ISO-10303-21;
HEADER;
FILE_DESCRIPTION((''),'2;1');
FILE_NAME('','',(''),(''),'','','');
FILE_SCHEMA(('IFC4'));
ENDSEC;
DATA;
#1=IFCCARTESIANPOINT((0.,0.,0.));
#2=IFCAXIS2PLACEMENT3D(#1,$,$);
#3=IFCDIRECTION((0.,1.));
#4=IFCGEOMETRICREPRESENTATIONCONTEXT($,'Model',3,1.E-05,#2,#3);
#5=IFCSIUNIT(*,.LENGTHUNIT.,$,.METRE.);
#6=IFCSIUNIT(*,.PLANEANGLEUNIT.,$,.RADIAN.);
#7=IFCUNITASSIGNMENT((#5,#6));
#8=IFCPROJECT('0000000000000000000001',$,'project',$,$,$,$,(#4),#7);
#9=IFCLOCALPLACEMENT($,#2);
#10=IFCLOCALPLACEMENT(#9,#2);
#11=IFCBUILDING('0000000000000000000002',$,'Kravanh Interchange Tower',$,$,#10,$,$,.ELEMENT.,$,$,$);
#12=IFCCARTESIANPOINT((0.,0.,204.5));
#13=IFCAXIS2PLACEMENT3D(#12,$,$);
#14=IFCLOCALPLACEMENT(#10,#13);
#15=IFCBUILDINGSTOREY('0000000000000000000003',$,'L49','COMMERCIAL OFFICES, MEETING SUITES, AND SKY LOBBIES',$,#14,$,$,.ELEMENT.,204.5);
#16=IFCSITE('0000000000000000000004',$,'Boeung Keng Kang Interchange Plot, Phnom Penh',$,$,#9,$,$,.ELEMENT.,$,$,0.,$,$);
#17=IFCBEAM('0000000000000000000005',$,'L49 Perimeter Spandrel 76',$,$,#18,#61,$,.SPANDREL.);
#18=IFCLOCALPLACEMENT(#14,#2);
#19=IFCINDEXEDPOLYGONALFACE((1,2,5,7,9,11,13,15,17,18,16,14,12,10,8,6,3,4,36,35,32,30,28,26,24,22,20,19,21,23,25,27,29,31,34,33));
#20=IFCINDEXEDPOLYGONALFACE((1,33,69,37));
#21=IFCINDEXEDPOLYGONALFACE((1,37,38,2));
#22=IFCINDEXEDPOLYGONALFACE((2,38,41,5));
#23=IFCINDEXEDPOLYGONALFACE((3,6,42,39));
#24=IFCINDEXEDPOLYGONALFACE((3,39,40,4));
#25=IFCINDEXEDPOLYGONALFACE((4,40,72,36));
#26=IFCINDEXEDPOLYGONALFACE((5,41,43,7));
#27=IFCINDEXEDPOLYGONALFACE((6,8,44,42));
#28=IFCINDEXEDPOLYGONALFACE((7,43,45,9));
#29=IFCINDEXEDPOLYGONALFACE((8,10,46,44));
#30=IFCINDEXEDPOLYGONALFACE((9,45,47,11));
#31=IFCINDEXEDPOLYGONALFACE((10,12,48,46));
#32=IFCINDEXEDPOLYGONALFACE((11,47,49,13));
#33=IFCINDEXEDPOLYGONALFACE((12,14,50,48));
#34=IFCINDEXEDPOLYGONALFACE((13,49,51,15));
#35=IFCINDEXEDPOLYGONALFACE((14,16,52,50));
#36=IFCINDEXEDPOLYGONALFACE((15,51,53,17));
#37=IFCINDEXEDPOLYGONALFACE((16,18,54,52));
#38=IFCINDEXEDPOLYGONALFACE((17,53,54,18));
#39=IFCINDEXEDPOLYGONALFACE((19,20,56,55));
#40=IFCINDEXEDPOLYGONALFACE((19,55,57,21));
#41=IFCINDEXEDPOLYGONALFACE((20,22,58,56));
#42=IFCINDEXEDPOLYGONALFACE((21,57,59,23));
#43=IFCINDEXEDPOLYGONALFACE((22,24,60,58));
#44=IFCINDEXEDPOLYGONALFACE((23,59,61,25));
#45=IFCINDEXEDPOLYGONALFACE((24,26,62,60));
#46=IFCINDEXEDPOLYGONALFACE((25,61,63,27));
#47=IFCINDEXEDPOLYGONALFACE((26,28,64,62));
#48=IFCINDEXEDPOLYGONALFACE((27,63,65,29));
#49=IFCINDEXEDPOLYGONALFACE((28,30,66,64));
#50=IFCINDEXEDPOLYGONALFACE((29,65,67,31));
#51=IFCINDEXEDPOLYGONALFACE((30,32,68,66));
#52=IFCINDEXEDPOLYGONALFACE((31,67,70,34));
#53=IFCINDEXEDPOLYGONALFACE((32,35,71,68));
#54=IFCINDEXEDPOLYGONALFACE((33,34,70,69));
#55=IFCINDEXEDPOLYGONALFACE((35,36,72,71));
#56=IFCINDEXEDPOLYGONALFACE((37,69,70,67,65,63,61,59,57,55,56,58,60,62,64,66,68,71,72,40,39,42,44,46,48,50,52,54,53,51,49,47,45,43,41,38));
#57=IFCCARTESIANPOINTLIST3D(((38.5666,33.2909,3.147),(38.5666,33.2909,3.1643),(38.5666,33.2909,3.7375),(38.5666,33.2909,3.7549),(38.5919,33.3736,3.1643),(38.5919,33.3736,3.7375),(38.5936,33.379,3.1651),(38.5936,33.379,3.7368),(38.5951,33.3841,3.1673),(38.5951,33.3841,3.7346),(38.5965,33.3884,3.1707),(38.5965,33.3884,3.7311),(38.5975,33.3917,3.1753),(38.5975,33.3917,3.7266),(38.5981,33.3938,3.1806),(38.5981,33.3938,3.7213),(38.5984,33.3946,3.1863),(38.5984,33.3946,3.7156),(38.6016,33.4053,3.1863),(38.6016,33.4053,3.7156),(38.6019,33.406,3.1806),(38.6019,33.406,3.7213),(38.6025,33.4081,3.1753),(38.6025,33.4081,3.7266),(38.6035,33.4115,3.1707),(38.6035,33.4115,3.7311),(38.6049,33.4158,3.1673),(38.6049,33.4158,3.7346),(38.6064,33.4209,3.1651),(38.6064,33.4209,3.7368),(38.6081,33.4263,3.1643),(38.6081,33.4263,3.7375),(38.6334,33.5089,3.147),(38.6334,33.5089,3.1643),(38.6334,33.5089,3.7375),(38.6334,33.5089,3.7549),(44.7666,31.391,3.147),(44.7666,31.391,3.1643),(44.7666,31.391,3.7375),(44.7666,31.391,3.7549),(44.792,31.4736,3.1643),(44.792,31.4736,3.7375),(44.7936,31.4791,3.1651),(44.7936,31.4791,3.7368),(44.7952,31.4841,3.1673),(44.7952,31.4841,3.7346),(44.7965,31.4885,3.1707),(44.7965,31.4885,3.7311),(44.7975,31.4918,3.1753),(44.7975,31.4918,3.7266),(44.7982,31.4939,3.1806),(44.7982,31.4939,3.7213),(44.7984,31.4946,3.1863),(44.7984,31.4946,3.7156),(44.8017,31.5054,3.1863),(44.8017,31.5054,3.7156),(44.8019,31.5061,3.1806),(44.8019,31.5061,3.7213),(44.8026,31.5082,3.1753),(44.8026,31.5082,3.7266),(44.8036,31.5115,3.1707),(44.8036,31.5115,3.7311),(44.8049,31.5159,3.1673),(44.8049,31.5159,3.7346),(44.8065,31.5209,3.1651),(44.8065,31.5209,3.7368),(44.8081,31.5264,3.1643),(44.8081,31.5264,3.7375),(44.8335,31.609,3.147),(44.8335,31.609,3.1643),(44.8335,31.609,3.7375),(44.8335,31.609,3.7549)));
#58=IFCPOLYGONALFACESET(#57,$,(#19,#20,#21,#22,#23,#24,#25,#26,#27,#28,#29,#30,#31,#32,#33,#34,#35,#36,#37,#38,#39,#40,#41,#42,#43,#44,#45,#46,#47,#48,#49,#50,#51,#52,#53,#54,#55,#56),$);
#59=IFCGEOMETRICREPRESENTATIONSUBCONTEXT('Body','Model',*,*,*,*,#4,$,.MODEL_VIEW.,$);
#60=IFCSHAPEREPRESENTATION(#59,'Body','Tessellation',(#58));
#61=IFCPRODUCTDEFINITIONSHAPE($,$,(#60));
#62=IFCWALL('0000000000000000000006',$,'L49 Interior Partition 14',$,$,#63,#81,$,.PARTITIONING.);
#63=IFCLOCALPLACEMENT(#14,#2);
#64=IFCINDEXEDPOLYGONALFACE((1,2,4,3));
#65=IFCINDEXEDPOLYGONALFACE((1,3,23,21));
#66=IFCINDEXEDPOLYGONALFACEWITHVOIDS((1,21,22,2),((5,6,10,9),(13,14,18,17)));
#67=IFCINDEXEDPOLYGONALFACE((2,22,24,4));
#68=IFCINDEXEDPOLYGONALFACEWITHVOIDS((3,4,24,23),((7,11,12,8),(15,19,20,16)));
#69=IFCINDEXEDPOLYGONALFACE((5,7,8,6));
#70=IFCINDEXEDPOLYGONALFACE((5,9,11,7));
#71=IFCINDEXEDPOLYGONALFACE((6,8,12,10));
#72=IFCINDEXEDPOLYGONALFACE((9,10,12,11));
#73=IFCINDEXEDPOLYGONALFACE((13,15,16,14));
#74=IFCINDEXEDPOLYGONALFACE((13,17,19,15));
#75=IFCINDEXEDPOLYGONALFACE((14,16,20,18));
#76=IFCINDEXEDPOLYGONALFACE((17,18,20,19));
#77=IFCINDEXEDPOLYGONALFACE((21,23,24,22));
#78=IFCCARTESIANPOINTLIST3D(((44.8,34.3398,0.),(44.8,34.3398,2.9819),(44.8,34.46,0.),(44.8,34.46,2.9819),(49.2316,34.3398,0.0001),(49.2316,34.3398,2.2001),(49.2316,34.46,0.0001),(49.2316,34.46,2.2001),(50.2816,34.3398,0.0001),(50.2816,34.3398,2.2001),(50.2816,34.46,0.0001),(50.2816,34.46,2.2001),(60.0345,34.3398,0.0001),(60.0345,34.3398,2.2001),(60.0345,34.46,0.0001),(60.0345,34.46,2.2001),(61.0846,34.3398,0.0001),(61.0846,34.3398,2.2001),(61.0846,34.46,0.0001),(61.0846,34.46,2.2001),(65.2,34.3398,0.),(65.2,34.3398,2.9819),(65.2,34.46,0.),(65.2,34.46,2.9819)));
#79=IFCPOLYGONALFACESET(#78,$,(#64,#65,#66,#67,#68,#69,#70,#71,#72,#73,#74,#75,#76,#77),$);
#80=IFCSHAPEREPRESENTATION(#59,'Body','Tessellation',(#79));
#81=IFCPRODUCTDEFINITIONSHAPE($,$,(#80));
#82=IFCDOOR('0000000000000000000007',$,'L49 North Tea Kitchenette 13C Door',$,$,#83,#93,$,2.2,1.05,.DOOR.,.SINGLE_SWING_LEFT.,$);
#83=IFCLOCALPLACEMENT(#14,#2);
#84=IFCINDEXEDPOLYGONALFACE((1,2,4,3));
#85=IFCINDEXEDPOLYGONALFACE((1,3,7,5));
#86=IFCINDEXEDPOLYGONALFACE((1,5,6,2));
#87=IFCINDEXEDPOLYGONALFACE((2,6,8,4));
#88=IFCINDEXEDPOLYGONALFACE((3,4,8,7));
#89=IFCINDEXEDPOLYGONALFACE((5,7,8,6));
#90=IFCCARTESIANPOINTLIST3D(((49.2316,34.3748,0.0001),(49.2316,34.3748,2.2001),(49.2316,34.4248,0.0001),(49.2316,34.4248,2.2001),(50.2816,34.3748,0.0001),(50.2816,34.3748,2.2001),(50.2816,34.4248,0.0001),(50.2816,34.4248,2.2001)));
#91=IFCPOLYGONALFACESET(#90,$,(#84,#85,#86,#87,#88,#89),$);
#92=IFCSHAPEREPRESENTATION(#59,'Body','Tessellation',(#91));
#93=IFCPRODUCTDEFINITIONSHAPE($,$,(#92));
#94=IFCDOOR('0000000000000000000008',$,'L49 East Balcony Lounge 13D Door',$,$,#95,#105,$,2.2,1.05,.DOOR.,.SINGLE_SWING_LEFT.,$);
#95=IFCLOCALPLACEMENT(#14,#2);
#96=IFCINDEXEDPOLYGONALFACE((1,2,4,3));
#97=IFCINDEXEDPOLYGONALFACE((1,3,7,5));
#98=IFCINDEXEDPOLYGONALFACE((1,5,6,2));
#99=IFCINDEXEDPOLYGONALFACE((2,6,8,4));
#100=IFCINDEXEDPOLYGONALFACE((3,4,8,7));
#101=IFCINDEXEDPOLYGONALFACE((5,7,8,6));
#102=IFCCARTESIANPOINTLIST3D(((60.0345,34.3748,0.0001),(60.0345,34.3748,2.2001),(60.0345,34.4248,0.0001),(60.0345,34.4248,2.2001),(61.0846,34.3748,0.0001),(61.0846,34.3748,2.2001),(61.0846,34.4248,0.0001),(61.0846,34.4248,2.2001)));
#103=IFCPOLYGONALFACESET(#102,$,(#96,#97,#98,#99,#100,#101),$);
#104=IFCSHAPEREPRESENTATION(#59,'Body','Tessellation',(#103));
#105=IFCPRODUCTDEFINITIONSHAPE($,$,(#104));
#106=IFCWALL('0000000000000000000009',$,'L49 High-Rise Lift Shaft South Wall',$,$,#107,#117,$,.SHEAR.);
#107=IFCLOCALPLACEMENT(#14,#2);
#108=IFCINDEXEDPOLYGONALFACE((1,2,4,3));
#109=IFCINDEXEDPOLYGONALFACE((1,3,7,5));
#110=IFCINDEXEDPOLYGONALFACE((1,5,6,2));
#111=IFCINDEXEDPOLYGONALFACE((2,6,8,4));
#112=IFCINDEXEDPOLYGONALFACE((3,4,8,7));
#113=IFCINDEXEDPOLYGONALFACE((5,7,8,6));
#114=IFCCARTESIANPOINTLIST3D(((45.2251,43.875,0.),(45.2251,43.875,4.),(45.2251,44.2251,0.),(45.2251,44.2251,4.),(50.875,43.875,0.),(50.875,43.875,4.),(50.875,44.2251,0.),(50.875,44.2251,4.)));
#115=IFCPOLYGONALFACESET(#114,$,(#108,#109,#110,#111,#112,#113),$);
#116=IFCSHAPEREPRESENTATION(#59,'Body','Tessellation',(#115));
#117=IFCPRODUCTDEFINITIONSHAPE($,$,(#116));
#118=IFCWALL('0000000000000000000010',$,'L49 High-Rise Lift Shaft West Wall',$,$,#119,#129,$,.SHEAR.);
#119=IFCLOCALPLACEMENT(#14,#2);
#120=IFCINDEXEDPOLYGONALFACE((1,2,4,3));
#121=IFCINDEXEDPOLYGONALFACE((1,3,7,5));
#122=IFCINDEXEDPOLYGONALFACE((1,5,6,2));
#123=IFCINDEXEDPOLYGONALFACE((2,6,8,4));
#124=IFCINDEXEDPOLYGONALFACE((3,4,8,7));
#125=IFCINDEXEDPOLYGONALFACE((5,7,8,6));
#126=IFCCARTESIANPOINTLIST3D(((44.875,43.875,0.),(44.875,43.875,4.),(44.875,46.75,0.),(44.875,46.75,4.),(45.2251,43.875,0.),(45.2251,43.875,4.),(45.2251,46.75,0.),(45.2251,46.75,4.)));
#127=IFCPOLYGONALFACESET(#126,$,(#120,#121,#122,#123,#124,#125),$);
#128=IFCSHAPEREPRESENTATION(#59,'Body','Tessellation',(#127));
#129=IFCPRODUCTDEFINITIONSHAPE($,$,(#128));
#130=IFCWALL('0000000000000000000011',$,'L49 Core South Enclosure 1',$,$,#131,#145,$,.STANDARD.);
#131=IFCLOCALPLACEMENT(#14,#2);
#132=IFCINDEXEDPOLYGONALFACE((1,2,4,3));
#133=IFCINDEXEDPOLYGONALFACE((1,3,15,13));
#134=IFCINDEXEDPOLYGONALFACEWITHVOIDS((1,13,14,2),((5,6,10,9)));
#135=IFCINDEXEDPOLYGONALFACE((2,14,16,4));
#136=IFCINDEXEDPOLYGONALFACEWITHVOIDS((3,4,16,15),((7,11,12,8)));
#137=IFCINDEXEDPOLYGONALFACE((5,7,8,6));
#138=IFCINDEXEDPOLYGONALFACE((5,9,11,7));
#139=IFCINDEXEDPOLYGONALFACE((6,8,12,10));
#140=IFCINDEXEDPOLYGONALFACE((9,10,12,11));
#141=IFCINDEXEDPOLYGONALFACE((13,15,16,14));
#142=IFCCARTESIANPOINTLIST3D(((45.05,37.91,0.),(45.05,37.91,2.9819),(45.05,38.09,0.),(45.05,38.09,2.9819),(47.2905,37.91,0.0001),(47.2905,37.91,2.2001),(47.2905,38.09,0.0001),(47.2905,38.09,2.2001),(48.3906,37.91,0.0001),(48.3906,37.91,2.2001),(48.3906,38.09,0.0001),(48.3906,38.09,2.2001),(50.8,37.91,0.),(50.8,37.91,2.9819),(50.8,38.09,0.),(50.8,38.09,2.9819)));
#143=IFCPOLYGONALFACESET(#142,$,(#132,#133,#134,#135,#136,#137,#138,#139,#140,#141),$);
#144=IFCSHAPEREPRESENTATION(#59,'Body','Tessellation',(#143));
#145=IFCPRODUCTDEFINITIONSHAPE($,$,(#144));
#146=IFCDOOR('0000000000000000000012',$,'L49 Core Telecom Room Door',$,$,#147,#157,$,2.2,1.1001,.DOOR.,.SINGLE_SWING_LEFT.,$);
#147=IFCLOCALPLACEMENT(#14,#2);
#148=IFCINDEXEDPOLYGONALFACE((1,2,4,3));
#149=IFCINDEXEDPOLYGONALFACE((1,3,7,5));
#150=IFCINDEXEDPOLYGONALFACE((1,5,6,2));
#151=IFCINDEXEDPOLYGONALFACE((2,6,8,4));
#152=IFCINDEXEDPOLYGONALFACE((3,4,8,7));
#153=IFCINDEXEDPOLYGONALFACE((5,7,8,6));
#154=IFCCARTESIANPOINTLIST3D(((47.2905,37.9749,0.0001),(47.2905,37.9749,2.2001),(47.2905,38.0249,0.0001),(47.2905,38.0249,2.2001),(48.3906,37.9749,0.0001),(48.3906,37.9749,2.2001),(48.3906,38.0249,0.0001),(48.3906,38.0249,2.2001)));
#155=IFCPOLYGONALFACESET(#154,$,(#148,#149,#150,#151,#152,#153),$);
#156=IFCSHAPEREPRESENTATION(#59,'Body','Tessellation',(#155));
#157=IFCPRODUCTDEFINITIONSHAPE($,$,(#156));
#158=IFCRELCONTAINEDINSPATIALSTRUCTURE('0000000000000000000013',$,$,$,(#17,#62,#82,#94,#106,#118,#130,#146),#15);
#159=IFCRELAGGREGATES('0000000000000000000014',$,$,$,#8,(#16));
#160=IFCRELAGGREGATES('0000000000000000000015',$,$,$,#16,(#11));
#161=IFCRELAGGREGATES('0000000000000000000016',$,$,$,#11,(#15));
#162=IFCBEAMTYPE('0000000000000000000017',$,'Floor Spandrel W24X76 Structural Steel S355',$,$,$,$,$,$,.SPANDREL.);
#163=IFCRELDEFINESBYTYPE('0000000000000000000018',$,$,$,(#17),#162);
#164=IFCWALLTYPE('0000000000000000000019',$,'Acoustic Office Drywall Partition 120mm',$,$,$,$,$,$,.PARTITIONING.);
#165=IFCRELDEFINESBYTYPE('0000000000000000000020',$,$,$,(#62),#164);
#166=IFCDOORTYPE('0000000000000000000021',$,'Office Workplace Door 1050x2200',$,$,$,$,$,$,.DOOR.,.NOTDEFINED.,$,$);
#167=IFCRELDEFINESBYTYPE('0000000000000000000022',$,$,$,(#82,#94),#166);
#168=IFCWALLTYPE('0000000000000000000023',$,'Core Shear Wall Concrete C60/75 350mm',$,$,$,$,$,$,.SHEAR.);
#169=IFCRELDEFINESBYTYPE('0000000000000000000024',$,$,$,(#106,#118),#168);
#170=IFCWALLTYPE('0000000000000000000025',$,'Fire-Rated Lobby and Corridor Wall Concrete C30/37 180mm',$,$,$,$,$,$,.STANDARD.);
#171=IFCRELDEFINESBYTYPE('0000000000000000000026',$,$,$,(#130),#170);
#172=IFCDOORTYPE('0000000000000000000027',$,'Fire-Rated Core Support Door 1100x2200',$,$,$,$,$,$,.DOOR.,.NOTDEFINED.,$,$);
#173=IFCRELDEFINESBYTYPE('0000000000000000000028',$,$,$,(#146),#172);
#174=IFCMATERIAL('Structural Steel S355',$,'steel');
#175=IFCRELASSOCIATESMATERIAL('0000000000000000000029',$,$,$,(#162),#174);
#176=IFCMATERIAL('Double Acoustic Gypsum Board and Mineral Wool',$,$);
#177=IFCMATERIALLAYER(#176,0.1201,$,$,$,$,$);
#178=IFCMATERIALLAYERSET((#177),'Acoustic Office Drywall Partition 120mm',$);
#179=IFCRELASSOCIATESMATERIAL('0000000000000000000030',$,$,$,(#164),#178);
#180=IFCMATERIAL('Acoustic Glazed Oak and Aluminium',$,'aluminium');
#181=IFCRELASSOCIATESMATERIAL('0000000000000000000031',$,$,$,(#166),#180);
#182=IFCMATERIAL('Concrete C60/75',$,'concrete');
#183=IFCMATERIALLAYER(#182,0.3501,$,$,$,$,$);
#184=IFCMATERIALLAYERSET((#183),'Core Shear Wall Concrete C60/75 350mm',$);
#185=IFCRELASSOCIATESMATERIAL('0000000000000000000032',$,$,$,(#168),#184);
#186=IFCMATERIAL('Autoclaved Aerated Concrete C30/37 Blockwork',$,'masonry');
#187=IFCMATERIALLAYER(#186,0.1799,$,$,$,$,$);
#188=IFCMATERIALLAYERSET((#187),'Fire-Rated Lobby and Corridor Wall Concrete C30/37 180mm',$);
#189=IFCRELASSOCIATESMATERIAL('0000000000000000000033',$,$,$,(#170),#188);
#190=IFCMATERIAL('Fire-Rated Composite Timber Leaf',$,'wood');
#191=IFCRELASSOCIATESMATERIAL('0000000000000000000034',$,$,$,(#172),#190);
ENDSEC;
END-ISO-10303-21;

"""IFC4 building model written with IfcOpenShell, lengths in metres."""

from ifc_helpers import new_model, si_unit, direction, frame, frame_2d, origin, origin_2d, place, context, subcontext, project, spatial, rectangle, i_section, extrude, material, layer, layer_set, material_profile, profile_set, type_object, element, fill, save


model = new_model("IFC4")

# Units and contexts
model_context = context("Model", 3, precision=1e-05, world=origin(), true_north=direction((0.0, 1.0)))
body_context = subcontext(model_context, "Body", "Model", "MODEL_VIEW")
ifc_project = project(units=[si_unit("LENGTHUNIT", "METRE"), si_unit("PLANEANGLEUNIT", "RADIAN")], contexts=[model_context])

# Site, building, storey
site_placement = place(None, origin())
site = spatial("IfcSite", under=ifc_project, at=site_placement, Name="Boeung Keng Kang Interchange Plot, Phnom Penh", CompositionType="ELEMENT", RefElevation=0.0)
building_placement = place(site_placement, origin())
building = spatial("IfcBuilding", under=site, at=building_placement, Name="Kravanh Interchange Tower", CompositionType="ELEMENT")
storey_placement = place(building_placement, frame((0.0, 0.0, 204.5)))
storey = spatial("IfcBuildingStorey", under=building, at=storey_placement, Name="L49", Description="COMMERCIAL OFFICES, MEETING SUITES, AND SKY LOBBIES", CompositionType="ELEMENT", Elevation=204.5)

# Beam
ifc_material_1 = material(Name="Structural Steel S355", Category="steel")
ifc_material_profile_1 = material_profile(ifc_material_1, i_section(OverallWidth=0.228, OverallDepth=0.6079, WebThickness=0.0112, FlangeThickness=0.0173, FilletRadius=0.022, at=origin_2d()), Name="W24X76")
ifc_profile_set_1 = profile_set([ifc_material_profile_1], Name="Structural Steel S355")
beam_type_1 = type_object("IfcBeamType", Name="Floor Spandrel W24X76 Structural Steel S355", PredefinedType="SPANDREL", material=ifc_profile_set_1)
beam_1_placement = place(storey_placement, frame((44.8, 31.5, 3.4509), z_axis=(-0.956115, 0.29299, 0.0), x_axis=(-0.29299, -0.956115, 0.0)))
element("IfcBeam", 1, at=beam_1_placement, inside=storey, type_object=beam_type_1, Name="L49 Perimeter Spandrel 76", PredefinedType="SPANDREL", context=body_context, shape_type="SweptSolid", body=[
    extrude(i_section(OverallWidth=0.228, OverallDepth=0.6079, WebThickness=0.0112, FlangeThickness=0.0173, FilletRadius=0.022, at=origin_2d()), origin(), (0.0, 0.0, 1.0), 6.4846),
])

# Wall, openings, doors
ifc_material_2 = material(Name="Double Acoustic Gypsum Board and Mineral Wool")
ifc_layer_1 = layer(ifc_material_2, 0.1201)
ifc_layer_set_1 = layer_set([ifc_layer_1], Name="Acoustic Office Drywall Partition 120mm")
wall_type_1 = type_object("IfcWallType", Name="Acoustic Office Drywall Partition 120mm", PredefinedType="PARTITIONING", material=ifc_layer_set_1)
wall_1_placement = place(storey_placement, frame((44.8, 34.3999, 0.0), z_axis=(0.0, 0.0, 1.0), x_axis=(1.0, 0.0, 0.0)))
wall_1 = element("IfcWall", 2, at=wall_1_placement, inside=storey, type_object=wall_type_1, Name="L49 Interior Partition 14", PredefinedType="PARTITIONING", context=body_context, shape_type="SweptSolid", body=[
    extrude(rectangle(XDim=20.3999, YDim=0.1201, at=frame_2d((10.2, 0.0))), origin(), (0.0, 0.0, 1.0), 2.9819),
])
opening_1_placement = place(wall_1_placement, frame((4.4316, 0.0, 0.0)))
opening_1 = element("IfcOpeningElement", 3, at=opening_1_placement, cuts=wall_1, PredefinedType="OPENING", context=body_context, shape_type="SweptSolid", body=[
    extrude(rectangle(XDim=1.05, YDim=2.2, at=frame_2d((0.5249, 1.1001))), frame((0.0, 0.0701, 0.0), z_axis=(0.0, -1.0, 0.0), x_axis=(1.0, 0.0, 0.0)), (0.0, 0.0, 1.0), 0.1401),
])
opening_2_placement = place(wall_1_placement, frame((15.2346, 0.0, 0.0)))
opening_2 = element("IfcOpeningElement", 4, at=opening_2_placement, cuts=wall_1, PredefinedType="OPENING", context=body_context, shape_type="SweptSolid", body=[
    extrude(rectangle(XDim=1.05, YDim=2.2, at=frame_2d((0.5249, 1.1001))), frame((0.0, 0.0701, 0.0), z_axis=(0.0, -1.0, 0.0), x_axis=(1.0, 0.0, 0.0)), (0.0, 0.0, 1.0), 0.1401),
])
ifc_material_3 = material(Name="Acoustic Glazed Oak and Aluminium", Category="aluminium")
door_type_1 = type_object("IfcDoorType", Name="Office Workplace Door 1050x2200", OperationType="NOTDEFINED", PredefinedType="DOOR", material=ifc_material_3)
door_1_placement = place(opening_1_placement, origin())
door_1 = element("IfcDoor", 5, at=door_1_placement, inside=storey, type_object=door_type_1, Name="L49 North Tea Kitchenette 13C Door", OperationType="SINGLE_SWING_LEFT", OverallHeight=2.2, OverallWidth=1.05, PredefinedType="DOOR", context=body_context, shape_type="SweptSolid", body=[
    extrude(rectangle(XDim=1.05, YDim=2.2, at=frame_2d((0.5249, 1.1001))), frame((0.0, 0.0249, 0.0), z_axis=(0.0, -1.0, 0.0), x_axis=(1.0, 0.0, 0.0)), (0.0, 0.0, 1.0), 0.05),
])
fill(opening_1, door_1)
door_2_placement = place(opening_2_placement, origin())
door_2 = element("IfcDoor", 6, at=door_2_placement, inside=storey, type_object=door_type_1, Name="L49 East Balcony Lounge 13D Door", OperationType="SINGLE_SWING_LEFT", OverallHeight=2.2, OverallWidth=1.05, PredefinedType="DOOR", context=body_context, shape_type="SweptSolid", body=[
    extrude(rectangle(XDim=1.05, YDim=2.2, at=frame_2d((0.5249, 1.1001))), frame((0.0, 0.0249, 0.0), z_axis=(0.0, -1.0, 0.0), x_axis=(1.0, 0.0, 0.0)), (0.0, 0.0, 1.0), 0.05),
])
fill(opening_2, door_2)

# Walls
ifc_material_4 = material(Name="Concrete C60/75", Category="concrete")
ifc_layer_2 = layer(ifc_material_4, 0.3501)
ifc_layer_set_2 = layer_set([ifc_layer_2], Name="Core Shear Wall Concrete C60/75 350mm")
wall_type_2 = type_object("IfcWallType", Name="Core Shear Wall Concrete C60/75 350mm", PredefinedType="SHEAR", material=ifc_layer_set_2)
wall_2_placement = place(storey_placement, frame((45.2251, 44.05, 0.0), z_axis=(0.0, 0.0, 1.0), x_axis=(1.0, 0.0, 0.0)))
element("IfcWall", 7, at=wall_2_placement, inside=storey, type_object=wall_type_2, Name="L49 High-Rise Lift Shaft South Wall", PredefinedType="SHEAR", context=body_context, shape_type="SweptSolid", body=[
    extrude(rectangle(XDim=5.6499, YDim=0.3501, at=frame_2d((2.825, 0.0))), origin(), (0.0, 0.0, 1.0), 4.0),
])
wall_3_placement = place(storey_placement, frame((45.05, 43.875, 0.0), z_axis=(0.0, 0.0, 1.0), x_axis=(0.0, 1.0, 0.0)))
element("IfcWall", 8, at=wall_3_placement, inside=storey, type_object=wall_type_2, Name="L49 High-Rise Lift Shaft West Wall", PredefinedType="SHEAR", context=body_context, shape_type="SweptSolid", body=[
    extrude(rectangle(XDim=2.875, YDim=0.3501, at=frame_2d((1.4375, 0.0))), origin(), (0.0, 0.0, 1.0), 4.0),
])

# Wall, opening, door
ifc_material_5 = material(Name="Autoclaved Aerated Concrete C30/37 Blockwork", Category="masonry")
ifc_layer_3 = layer(ifc_material_5, 0.1799)
ifc_layer_set_3 = layer_set([ifc_layer_3], Name="Fire-Rated Lobby and Corridor Wall Concrete C30/37 180mm")
wall_type_3 = type_object("IfcWallType", Name="Fire-Rated Lobby and Corridor Wall Concrete C30/37 180mm", PredefinedType="STANDARD", material=ifc_layer_set_3)
wall_4_placement = place(storey_placement, frame((45.05, 38.0, 0.0), z_axis=(0.0, 0.0, 1.0), x_axis=(1.0, 0.0, 0.0)))
wall_4 = element("IfcWall", 9, at=wall_4_placement, inside=storey, type_object=wall_type_3, Name="L49 Core South Enclosure 1", PredefinedType="STANDARD", context=body_context, shape_type="SweptSolid", body=[
    extrude(rectangle(XDim=5.75, YDim=0.1799, at=frame_2d((2.875, 0.0))), origin(), (0.0, 0.0, 1.0), 2.9819),
])
opening_3_placement = place(wall_4_placement, frame((2.2405, 0.0, 0.0)))
opening_3 = element("IfcOpeningElement", 10, at=opening_3_placement, cuts=wall_4, PredefinedType="OPENING", context=body_context, shape_type="SweptSolid", body=[
    extrude(rectangle(XDim=1.1001, YDim=2.2, at=frame_2d((0.55, 1.1001))), frame((0.0, 0.1001, 0.0), z_axis=(0.0, -1.0, 0.0), x_axis=(1.0, 0.0, 0.0)), (0.0, 0.0, 1.0), 0.2),
])
ifc_material_6 = material(Name="Fire-Rated Composite Timber Leaf", Category="wood")
door_type_2 = type_object("IfcDoorType", Name="Fire-Rated Core Support Door 1100x2200", OperationType="NOTDEFINED", PredefinedType="DOOR", material=ifc_material_6)
door_3_placement = place(opening_3_placement, origin())
door_3 = element("IfcDoor", 11, at=door_3_placement, inside=storey, type_object=door_type_2, Name="L49 Core Telecom Room Door", OperationType="SINGLE_SWING_LEFT", OverallHeight=2.2, OverallWidth=1.1001, PredefinedType="DOOR", context=body_context, shape_type="SweptSolid", body=[
    extrude(rectangle(XDim=1.1001, YDim=2.2, at=frame_2d((0.55, 1.1001))), frame((0.0, 0.0249, 0.0), z_axis=(0.0, -1.0, 0.0), x_axis=(1.0, 0.0, 0.0)), (0.0, 0.0, 1.0), 0.05),
])
fill(opening_3, door_3)

save(model, "model.ifc")
